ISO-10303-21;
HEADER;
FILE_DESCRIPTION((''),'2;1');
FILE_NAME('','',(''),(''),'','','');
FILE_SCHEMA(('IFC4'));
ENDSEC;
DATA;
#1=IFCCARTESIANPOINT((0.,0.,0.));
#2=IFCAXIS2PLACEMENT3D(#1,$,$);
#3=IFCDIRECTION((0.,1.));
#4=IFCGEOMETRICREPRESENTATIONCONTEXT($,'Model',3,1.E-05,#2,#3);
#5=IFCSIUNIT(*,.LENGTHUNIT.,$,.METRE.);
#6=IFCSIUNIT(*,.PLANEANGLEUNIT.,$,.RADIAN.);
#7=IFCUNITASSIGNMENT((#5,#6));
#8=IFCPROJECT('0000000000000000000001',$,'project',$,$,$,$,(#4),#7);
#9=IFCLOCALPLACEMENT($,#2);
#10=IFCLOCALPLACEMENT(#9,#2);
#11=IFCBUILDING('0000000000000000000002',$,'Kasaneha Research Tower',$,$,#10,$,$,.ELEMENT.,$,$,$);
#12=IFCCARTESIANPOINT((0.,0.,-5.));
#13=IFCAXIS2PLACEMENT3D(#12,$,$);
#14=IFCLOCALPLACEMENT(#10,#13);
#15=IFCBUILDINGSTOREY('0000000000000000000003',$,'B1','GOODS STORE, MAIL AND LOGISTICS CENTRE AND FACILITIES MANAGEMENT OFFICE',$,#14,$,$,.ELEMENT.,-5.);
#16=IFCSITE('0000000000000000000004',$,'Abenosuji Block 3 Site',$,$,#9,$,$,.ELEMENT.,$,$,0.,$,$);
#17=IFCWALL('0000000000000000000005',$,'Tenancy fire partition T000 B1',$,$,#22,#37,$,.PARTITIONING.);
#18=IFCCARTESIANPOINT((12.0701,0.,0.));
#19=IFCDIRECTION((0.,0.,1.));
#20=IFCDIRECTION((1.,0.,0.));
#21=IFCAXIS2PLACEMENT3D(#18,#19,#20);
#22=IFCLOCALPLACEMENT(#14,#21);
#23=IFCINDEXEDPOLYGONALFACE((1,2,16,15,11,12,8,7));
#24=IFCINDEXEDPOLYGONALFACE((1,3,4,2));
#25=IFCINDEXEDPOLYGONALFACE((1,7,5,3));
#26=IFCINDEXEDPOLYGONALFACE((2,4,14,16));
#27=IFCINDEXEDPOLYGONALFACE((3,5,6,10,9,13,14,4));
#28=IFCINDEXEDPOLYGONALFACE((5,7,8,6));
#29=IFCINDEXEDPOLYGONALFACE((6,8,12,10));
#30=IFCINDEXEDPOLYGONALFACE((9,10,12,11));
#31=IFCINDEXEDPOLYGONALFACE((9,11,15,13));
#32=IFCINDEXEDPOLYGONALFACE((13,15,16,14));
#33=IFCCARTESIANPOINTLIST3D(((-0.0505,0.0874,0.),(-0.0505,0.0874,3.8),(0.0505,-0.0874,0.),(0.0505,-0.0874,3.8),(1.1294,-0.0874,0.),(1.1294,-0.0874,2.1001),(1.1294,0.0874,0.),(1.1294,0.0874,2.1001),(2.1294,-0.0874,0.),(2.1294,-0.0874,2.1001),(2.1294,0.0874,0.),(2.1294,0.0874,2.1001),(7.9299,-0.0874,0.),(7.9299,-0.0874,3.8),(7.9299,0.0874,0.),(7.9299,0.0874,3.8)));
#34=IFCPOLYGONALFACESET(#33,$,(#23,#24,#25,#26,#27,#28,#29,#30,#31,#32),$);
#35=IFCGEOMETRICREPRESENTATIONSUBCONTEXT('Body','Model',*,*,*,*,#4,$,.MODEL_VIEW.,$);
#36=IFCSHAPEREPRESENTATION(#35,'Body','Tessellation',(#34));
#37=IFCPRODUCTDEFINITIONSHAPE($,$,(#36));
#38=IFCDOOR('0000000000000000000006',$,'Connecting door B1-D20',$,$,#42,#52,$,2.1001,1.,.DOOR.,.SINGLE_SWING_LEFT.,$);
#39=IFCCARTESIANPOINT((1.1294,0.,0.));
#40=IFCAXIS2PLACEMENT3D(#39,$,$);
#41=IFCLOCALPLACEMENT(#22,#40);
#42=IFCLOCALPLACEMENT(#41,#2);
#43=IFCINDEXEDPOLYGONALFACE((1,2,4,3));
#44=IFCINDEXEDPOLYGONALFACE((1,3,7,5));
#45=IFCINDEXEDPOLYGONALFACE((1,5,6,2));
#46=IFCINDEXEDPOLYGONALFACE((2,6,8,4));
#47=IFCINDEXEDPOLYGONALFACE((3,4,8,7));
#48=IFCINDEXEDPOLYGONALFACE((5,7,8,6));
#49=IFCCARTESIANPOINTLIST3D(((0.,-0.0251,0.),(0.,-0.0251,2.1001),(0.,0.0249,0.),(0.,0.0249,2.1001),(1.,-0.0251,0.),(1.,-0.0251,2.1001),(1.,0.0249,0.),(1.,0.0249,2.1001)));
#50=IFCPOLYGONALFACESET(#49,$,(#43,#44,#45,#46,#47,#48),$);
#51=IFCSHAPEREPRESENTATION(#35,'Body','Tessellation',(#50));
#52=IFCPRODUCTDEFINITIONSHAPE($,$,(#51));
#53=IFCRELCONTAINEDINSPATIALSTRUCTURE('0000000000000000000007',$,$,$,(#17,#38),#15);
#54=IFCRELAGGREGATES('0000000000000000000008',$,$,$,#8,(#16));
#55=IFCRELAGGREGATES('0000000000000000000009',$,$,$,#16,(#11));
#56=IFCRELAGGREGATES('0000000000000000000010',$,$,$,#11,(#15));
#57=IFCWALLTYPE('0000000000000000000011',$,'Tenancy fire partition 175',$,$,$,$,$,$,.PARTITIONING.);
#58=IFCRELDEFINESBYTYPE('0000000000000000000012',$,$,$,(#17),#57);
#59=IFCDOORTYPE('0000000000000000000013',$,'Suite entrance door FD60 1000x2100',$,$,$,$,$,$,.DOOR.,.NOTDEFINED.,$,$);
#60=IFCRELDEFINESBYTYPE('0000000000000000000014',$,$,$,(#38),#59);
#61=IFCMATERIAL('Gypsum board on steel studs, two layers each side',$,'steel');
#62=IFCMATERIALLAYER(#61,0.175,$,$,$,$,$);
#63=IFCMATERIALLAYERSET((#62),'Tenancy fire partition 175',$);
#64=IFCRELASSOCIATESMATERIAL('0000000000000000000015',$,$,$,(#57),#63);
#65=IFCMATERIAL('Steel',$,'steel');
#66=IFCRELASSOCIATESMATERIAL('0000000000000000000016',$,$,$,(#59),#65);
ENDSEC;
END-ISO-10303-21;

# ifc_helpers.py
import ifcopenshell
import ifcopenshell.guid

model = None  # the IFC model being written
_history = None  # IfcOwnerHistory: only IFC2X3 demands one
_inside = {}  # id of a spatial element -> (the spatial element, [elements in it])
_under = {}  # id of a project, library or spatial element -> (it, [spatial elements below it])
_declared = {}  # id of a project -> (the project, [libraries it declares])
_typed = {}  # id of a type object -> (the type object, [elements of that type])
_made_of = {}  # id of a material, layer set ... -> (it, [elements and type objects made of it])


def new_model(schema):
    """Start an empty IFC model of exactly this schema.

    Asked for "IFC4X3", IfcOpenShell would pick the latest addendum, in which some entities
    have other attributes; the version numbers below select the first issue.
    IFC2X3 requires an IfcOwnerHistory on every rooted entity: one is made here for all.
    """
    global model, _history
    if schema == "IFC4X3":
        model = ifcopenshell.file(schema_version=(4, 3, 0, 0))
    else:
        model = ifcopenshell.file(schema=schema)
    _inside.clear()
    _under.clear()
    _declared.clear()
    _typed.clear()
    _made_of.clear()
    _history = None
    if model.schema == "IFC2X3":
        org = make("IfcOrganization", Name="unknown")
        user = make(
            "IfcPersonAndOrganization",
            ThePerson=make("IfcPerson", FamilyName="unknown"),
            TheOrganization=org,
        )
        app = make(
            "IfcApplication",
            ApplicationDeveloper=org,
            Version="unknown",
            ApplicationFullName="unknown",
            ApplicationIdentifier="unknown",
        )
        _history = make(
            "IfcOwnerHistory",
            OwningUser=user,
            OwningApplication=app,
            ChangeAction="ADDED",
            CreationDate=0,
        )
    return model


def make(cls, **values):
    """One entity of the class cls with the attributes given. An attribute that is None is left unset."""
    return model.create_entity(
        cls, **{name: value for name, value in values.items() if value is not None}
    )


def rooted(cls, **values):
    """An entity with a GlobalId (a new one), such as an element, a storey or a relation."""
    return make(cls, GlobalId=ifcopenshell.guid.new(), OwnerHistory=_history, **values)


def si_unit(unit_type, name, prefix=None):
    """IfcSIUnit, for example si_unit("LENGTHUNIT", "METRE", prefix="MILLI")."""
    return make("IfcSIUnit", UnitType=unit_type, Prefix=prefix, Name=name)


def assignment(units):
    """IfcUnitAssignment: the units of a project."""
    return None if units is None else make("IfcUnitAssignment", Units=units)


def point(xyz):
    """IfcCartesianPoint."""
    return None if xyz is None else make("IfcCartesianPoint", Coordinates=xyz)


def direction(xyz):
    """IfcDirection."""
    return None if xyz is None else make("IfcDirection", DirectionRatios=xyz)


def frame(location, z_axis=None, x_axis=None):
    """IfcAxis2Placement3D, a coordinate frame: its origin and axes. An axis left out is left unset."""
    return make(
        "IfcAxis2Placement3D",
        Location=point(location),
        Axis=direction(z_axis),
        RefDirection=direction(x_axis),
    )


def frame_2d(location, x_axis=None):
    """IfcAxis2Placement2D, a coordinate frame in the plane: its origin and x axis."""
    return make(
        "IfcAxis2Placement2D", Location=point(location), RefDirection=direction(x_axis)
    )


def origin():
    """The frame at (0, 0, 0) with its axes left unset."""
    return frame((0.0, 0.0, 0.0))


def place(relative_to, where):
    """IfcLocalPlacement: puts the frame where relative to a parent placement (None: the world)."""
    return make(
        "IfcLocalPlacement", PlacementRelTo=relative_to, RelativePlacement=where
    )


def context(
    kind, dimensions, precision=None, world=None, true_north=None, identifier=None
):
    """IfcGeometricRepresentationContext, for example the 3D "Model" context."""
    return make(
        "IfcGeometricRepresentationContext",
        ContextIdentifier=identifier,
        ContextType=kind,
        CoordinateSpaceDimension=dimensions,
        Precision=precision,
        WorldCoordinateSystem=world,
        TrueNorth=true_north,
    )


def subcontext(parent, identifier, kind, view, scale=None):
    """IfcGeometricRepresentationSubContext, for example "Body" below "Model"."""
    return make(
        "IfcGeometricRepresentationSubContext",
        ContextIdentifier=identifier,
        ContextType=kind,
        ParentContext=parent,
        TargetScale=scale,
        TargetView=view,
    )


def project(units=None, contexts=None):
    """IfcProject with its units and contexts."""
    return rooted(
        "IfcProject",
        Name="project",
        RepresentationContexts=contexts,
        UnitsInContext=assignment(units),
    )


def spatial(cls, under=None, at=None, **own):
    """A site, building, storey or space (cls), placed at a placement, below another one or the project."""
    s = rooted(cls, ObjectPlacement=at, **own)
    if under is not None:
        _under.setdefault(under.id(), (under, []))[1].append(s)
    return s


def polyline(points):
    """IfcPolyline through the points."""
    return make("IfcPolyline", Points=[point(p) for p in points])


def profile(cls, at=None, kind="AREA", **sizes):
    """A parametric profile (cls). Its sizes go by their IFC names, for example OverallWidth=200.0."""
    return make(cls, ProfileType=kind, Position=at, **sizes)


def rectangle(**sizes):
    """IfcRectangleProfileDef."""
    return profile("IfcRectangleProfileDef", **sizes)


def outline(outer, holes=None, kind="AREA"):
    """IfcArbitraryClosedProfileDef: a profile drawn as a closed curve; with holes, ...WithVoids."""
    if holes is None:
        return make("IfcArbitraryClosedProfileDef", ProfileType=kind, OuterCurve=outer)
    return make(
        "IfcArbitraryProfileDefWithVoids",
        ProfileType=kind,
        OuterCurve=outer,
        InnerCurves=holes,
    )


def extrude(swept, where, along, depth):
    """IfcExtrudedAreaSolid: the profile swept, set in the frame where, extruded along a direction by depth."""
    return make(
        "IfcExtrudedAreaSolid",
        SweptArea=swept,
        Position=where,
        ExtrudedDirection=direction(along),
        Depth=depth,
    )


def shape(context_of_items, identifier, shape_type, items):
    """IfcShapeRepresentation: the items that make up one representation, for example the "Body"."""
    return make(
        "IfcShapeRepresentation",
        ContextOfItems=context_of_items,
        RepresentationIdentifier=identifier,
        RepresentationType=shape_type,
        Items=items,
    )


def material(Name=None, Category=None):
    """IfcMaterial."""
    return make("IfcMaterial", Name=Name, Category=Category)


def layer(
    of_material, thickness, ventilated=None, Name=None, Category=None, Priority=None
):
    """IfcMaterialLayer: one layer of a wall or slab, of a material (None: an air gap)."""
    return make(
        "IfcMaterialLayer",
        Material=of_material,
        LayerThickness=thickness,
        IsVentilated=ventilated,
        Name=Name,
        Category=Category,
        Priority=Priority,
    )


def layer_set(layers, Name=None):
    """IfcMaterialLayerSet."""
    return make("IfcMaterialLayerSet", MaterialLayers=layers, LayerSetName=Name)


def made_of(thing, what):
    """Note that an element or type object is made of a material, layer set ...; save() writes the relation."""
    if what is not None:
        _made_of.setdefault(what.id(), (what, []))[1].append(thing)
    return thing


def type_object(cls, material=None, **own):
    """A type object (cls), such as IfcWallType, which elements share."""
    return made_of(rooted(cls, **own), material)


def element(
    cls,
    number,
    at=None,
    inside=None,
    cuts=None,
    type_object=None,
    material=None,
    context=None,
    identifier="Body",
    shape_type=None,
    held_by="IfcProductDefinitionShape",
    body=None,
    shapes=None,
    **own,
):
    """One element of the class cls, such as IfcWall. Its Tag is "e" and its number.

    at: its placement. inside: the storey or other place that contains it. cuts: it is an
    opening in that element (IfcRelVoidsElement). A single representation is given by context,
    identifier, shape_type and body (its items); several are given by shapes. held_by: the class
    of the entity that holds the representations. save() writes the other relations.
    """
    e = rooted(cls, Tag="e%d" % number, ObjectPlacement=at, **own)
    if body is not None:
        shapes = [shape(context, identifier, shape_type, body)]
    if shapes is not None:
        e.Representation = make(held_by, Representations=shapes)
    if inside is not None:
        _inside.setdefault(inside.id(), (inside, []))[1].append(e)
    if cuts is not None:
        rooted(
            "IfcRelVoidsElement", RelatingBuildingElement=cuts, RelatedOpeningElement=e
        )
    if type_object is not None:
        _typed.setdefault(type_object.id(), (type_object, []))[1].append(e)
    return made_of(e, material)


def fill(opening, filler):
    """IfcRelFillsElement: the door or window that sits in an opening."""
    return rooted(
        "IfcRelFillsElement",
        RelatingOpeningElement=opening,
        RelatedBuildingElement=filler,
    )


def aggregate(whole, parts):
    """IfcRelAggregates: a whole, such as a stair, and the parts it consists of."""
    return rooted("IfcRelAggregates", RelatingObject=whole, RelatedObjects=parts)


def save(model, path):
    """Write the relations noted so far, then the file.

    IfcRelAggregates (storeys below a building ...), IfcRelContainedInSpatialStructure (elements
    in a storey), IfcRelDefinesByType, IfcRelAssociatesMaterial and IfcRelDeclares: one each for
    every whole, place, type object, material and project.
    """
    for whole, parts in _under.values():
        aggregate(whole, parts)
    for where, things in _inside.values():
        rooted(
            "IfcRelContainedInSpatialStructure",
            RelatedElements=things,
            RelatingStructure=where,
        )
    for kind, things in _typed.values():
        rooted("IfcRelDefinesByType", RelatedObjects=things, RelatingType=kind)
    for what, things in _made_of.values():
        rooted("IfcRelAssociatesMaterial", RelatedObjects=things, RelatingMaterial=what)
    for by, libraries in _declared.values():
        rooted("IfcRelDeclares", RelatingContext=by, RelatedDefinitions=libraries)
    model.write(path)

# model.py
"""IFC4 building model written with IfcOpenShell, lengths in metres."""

from ifc_helpers import new_model, si_unit, direction, frame, frame_2d, origin, place, context, subcontext, project, spatial, polyline, rectangle, outline, extrude, material, layer, layer_set, type_object, element, fill, save


model = new_model("IFC4")

# Units and contexts
model_context = context("Model", 3, precision=1e-05, world=origin(), true_north=direction((0.0, 1.0)))
body_context = subcontext(model_context, "Body", "Model", "MODEL_VIEW")
ifc_project = project(units=[si_unit("LENGTHUNIT", "METRE"), si_unit("PLANEANGLEUNIT", "RADIAN")], contexts=[model_context])

# Site, building, storey
site_placement = place(None, origin())
site = spatial("IfcSite", under=ifc_project, at=site_placement, Name="Abenosuji Block 3 Site", CompositionType="ELEMENT", RefElevation=0.0)
building_placement = place(site_placement, origin())
building = spatial("IfcBuilding", under=site, at=building_placement, Name="Kasaneha Research Tower", CompositionType="ELEMENT")
storey_placement = place(building_placement, frame((0.0, 0.0, -5.0)))
storey = spatial("IfcBuildingStorey", under=building, at=storey_placement, Name="B1", Description="GOODS STORE, MAIL AND LOGISTICS CENTRE AND FACILITIES MANAGEMENT OFFICE", CompositionType="ELEMENT", Elevation=-5.0)

# Wall, opening, door
ifc_material_1 = material(Name="Gypsum board on steel studs, two layers each side", Category="steel")
ifc_layer_1 = layer(ifc_material_1, 0.175)
ifc_layer_set_1 = layer_set([ifc_layer_1], Name="Tenancy fire partition 175")
wall_type_1 = type_object("IfcWallType", Name="Tenancy fire partition 175", PredefinedType="PARTITIONING", material=ifc_layer_set_1)
wall_1_placement = place(storey_placement, frame((12.0701, 0.0, 0.0), z_axis=(0.0, 0.0, 1.0), x_axis=(1.0, 0.0, 0.0)))
wall_1 = element("IfcWall", 1, at=wall_1_placement, inside=storey, type_object=wall_type_1, Name="Tenancy fire partition T000 B1", PredefinedType="PARTITIONING", context=body_context, shape_type="SweptSolid", body=[
    extrude(outline(polyline([(0.0505, -0.0874), (1.1294, -0.0874), (2.1294, -0.0874), (7.9299, -0.0874), (7.9299, 0.0874), (2.1294, 0.0874), (1.1294, 0.0874), (-0.0505, 0.0874), (0.0505, -0.0874)])), origin(), (0.0, 0.0, 1.0), 3.8),
])
opening_1_placement = place(wall_1_placement, frame((1.1294, 0.0, 0.0)))
opening_1 = element("IfcOpeningElement", 2, at=opening_1_placement, cuts=wall_1, PredefinedType="OPENING", context=body_context, shape_type="SweptSolid", body=[
    extrude(rectangle(XDim=1.0, YDim=2.1001, at=frame_2d((0.5, 1.05))), frame((0.0, 0.0977, 0.0), z_axis=(0.0, -1.0, 0.0), x_axis=(1.0, 0.0, 0.0)), (0.0, 0.0, 1.0), 0.1951),
])
ifc_material_2 = material(Name="Steel", Category="steel")
door_type_1 = type_object("IfcDoorType", Name="Suite entrance door FD60 1000x2100", OperationType="NOTDEFINED", PredefinedType="DOOR", material=ifc_material_2)
door_1_placement = place(opening_1_placement, origin())
door_1 = element("IfcDoor", 3, at=door_1_placement, inside=storey, type_object=door_type_1, Name="Connecting door B1-D20", OperationType="SINGLE_SWING_LEFT", OverallHeight=2.1001, OverallWidth=1.0, PredefinedType="DOOR", context=body_context, shape_type="SweptSolid", body=[
    extrude(rectangle(XDim=1.0, YDim=2.1001, at=frame_2d((0.5, 1.05))), frame((0.0, 0.0249, 0.0), z_axis=(0.0, -1.0, 0.0), x_axis=(1.0, 0.0, 0.0)), (0.0, 0.0, 1.0), 0.05),
])
fill(opening_1, door_1)

save(model, "model.ifc")
